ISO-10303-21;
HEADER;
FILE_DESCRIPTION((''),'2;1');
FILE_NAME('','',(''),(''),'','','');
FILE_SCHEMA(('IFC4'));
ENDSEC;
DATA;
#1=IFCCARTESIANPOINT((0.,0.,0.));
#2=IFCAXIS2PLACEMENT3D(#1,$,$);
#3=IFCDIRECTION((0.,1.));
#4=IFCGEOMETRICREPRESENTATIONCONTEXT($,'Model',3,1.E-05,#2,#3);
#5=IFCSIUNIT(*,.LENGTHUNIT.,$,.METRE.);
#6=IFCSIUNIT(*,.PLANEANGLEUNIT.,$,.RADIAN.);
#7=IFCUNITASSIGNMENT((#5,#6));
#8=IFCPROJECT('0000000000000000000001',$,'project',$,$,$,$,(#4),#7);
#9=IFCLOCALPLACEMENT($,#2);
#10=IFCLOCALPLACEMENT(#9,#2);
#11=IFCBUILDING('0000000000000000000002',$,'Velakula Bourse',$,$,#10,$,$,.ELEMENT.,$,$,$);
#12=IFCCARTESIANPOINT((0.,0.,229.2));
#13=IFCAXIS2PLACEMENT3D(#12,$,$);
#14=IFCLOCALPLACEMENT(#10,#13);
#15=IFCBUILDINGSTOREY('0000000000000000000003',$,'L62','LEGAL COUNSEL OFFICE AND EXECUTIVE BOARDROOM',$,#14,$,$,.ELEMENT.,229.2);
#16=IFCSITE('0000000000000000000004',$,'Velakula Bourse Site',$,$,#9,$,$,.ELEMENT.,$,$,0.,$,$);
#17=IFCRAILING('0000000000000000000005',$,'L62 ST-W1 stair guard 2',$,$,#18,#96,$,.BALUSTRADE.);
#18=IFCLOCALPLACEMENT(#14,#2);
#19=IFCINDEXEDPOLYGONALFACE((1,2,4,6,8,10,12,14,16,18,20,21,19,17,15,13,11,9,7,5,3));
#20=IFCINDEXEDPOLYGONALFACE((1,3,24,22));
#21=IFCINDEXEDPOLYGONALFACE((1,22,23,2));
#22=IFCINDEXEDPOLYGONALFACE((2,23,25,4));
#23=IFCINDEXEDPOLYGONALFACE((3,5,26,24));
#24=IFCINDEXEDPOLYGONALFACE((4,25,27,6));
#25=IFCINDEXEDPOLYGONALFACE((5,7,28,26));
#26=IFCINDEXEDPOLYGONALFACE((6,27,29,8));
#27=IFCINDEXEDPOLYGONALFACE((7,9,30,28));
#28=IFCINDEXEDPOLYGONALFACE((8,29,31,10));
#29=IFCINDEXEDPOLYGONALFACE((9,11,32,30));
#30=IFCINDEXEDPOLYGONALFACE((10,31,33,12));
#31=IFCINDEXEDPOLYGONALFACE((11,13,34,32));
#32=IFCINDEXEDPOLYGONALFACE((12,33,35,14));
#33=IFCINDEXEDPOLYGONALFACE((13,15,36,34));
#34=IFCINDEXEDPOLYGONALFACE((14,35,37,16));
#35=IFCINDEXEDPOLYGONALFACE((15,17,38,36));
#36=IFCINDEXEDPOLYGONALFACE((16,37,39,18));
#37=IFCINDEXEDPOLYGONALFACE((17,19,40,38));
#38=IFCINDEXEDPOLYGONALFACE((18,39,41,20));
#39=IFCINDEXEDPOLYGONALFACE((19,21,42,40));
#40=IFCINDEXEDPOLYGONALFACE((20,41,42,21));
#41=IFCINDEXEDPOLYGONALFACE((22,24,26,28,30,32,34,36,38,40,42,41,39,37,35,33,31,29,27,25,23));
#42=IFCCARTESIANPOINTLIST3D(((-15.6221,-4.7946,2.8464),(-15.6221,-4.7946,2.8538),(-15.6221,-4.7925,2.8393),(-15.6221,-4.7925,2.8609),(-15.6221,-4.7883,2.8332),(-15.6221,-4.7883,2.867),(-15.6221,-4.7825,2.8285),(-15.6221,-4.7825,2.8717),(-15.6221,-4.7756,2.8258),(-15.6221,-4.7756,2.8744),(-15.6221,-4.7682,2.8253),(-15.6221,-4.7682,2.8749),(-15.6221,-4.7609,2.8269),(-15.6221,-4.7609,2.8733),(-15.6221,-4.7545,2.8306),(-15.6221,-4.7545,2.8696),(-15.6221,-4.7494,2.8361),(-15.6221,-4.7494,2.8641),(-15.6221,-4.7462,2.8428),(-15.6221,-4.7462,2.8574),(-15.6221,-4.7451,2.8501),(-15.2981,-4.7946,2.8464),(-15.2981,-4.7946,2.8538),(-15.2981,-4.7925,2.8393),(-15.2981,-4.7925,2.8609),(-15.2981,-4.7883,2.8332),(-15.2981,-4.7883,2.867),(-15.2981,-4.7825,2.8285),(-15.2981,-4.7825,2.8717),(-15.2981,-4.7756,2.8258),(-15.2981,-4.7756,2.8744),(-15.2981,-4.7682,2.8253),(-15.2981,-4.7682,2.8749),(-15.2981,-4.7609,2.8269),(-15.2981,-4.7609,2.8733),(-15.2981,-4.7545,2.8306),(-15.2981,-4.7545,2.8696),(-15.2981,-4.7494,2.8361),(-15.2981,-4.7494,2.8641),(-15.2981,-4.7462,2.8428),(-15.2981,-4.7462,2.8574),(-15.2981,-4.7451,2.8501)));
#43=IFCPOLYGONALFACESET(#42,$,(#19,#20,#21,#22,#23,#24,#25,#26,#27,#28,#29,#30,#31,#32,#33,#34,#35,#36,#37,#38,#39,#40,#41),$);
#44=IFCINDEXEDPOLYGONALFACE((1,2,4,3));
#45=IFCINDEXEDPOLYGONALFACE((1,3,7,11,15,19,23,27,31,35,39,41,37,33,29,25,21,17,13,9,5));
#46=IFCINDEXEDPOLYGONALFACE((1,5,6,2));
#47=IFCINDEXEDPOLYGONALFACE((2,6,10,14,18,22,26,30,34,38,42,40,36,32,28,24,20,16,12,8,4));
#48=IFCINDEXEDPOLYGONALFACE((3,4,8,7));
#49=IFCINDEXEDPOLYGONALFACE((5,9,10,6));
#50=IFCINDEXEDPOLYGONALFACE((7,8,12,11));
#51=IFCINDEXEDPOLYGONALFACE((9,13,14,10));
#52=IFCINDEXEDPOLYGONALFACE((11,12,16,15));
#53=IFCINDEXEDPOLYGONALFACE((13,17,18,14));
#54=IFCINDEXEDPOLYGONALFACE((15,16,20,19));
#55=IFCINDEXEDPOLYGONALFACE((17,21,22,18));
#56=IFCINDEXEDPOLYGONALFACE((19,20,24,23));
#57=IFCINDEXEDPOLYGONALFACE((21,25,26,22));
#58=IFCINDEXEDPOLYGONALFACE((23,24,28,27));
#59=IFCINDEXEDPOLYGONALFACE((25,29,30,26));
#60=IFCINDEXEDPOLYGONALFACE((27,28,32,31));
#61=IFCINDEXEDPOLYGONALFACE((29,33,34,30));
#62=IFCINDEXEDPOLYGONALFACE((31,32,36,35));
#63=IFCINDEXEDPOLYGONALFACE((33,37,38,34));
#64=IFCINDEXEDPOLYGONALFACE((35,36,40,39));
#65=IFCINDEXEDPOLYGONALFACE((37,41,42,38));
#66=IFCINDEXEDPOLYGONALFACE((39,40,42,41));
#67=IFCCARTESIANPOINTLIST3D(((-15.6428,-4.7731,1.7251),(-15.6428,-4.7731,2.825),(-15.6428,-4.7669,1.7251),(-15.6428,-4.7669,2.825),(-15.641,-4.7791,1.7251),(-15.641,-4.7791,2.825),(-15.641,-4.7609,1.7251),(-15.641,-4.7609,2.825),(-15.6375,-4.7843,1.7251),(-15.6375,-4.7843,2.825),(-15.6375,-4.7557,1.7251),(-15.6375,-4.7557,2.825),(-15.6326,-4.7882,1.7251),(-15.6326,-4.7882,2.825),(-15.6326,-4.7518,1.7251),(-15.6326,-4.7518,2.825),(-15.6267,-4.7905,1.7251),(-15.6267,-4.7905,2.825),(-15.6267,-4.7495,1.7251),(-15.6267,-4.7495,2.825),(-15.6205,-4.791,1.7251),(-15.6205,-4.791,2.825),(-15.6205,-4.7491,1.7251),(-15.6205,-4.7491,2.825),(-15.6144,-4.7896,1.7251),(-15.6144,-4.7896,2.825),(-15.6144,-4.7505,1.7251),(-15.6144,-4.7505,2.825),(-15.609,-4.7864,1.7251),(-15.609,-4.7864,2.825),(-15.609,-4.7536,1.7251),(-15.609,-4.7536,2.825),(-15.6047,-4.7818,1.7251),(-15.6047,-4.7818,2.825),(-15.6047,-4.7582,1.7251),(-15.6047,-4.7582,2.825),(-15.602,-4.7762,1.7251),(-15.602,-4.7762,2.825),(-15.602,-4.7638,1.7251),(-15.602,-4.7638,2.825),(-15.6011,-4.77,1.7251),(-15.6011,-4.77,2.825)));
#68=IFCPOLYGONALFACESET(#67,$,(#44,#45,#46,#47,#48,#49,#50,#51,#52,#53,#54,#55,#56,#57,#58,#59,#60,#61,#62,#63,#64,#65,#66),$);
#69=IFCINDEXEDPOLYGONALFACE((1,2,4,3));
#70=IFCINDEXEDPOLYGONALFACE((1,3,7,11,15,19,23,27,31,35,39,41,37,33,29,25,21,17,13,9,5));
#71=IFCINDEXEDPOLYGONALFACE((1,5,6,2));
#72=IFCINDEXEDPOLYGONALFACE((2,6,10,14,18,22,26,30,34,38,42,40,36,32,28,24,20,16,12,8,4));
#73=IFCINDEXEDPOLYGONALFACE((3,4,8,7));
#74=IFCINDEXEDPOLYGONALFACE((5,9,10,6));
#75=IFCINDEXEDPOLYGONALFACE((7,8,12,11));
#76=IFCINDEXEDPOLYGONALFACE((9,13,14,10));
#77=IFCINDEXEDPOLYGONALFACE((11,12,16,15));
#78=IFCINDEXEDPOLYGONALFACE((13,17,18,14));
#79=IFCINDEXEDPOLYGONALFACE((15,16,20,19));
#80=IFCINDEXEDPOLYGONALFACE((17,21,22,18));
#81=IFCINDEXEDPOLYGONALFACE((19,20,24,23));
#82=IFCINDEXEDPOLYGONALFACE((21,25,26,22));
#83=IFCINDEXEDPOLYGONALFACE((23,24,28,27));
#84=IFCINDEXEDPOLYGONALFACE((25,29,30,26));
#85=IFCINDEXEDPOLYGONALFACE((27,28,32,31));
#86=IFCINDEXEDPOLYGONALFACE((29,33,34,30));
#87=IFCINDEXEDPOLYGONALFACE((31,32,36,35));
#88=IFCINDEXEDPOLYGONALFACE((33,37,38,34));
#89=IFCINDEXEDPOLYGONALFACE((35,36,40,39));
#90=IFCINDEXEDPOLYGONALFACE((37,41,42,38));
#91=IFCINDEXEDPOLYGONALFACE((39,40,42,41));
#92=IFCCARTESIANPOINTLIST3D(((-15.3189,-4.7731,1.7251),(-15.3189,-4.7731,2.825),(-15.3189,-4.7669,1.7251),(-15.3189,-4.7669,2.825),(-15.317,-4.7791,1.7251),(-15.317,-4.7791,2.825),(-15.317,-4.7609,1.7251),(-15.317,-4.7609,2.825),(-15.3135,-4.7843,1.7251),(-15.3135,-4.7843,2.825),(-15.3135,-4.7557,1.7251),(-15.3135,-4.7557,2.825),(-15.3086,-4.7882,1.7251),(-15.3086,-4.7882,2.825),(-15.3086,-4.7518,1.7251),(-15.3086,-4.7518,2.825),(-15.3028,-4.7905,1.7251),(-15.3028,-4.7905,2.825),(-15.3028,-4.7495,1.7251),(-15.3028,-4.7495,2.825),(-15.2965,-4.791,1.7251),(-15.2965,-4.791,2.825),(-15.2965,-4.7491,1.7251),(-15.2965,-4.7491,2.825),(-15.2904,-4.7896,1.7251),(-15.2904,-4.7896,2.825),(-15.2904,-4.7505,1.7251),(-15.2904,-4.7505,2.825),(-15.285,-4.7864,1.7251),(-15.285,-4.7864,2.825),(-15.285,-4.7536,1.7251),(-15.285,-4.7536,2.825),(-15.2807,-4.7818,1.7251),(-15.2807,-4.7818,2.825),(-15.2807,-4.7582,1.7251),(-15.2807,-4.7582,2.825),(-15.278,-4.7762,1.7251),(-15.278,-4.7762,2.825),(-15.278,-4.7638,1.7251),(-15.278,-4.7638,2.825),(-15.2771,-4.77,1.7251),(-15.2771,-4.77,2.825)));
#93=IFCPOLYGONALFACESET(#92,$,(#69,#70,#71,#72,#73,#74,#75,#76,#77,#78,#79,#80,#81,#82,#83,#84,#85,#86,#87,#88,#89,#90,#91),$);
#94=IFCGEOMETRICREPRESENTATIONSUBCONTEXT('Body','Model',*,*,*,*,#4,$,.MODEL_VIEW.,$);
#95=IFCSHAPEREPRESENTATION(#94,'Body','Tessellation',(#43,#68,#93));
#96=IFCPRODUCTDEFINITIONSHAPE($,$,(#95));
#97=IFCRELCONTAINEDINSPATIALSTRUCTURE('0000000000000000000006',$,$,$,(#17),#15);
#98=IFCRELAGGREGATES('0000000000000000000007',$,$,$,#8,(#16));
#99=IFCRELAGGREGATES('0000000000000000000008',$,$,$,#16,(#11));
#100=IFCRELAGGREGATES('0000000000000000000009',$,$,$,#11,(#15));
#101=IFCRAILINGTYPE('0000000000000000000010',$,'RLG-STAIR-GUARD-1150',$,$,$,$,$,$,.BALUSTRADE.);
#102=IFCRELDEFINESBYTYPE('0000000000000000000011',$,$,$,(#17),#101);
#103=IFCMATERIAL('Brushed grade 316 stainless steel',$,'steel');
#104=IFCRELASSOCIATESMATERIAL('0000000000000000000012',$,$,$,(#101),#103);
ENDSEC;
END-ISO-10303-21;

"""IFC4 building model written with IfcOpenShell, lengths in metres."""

from ifc_helpers import new_model, si_unit, direction, frame, origin, origin_2d, place, context, subcontext, project, spatial, circle, extrude, material, type_object, element, save


model = new_model("IFC4")

# Units and contexts
model_context = context("Model", 3, precision=1e-05, world=origin(), true_north=direction((0.0, 1.0)))
body_context = subcontext(model_context, "Body", "Model", "MODEL_VIEW")
ifc_project = project(units=[si_unit("LENGTHUNIT", "METRE"), si_unit("PLANEANGLEUNIT", "RADIAN")], contexts=[model_context])

# Site, building, storey
site_placement = place(None, origin())
site = spatial("IfcSite", under=ifc_project, at=site_placement, Name="Velakula Bourse Site", CompositionType="ELEMENT", RefElevation=0.0)
building_placement = place(site_placement, origin())
building = spatial("IfcBuilding", under=site, at=building_placement, Name="Velakula Bourse", CompositionType="ELEMENT")
storey_placement = place(building_placement, frame((0.0, 0.0, 229.2)))
storey = spatial("IfcBuildingStorey", under=building, at=storey_placement, Name="L62", Description="LEGAL COUNSEL OFFICE AND EXECUTIVE BOARDROOM", CompositionType="ELEMENT", Elevation=229.2)

# Shared definitions
ifc_material_1 = material(Name="Brushed grade 316 stainless steel", Category="steel")

# Railing
railing_type_1 = type_object("IfcRailingType", Name="RLG-STAIR-GUARD-1150", PredefinedType="BALUSTRADE", material=ifc_material_1)
railing_1_placement = place(storey_placement, frame((-15.6221, -4.77, 1.7251)))
element("IfcRailing", 1, at=railing_1_placement, inside=storey, type_object=railing_type_1, Name="L62 ST-W1 stair guard 2", PredefinedType="BALUSTRADE", context=body_context, shape_type="SweptSolid", body=[
    extrude(circle(Radius=0.0249, at=origin_2d()), frame((0.0, 0.0, 1.125), z_axis=(1.0, 0.0, 0.0), x_axis=(0.0, 1.0, 0.0)), (0.0, 0.0, 1.0), 0.324),
    extrude(circle(Radius=0.021, at=origin_2d()), origin(), (0.0, 0.0, 1.0), 1.0999),
    extrude(circle(Radius=0.021, at=origin_2d()), frame((0.324, 0.0, 0.0)), (0.0, 0.0, 1.0), 1.0999),
])

save(model, "model.ifc")
